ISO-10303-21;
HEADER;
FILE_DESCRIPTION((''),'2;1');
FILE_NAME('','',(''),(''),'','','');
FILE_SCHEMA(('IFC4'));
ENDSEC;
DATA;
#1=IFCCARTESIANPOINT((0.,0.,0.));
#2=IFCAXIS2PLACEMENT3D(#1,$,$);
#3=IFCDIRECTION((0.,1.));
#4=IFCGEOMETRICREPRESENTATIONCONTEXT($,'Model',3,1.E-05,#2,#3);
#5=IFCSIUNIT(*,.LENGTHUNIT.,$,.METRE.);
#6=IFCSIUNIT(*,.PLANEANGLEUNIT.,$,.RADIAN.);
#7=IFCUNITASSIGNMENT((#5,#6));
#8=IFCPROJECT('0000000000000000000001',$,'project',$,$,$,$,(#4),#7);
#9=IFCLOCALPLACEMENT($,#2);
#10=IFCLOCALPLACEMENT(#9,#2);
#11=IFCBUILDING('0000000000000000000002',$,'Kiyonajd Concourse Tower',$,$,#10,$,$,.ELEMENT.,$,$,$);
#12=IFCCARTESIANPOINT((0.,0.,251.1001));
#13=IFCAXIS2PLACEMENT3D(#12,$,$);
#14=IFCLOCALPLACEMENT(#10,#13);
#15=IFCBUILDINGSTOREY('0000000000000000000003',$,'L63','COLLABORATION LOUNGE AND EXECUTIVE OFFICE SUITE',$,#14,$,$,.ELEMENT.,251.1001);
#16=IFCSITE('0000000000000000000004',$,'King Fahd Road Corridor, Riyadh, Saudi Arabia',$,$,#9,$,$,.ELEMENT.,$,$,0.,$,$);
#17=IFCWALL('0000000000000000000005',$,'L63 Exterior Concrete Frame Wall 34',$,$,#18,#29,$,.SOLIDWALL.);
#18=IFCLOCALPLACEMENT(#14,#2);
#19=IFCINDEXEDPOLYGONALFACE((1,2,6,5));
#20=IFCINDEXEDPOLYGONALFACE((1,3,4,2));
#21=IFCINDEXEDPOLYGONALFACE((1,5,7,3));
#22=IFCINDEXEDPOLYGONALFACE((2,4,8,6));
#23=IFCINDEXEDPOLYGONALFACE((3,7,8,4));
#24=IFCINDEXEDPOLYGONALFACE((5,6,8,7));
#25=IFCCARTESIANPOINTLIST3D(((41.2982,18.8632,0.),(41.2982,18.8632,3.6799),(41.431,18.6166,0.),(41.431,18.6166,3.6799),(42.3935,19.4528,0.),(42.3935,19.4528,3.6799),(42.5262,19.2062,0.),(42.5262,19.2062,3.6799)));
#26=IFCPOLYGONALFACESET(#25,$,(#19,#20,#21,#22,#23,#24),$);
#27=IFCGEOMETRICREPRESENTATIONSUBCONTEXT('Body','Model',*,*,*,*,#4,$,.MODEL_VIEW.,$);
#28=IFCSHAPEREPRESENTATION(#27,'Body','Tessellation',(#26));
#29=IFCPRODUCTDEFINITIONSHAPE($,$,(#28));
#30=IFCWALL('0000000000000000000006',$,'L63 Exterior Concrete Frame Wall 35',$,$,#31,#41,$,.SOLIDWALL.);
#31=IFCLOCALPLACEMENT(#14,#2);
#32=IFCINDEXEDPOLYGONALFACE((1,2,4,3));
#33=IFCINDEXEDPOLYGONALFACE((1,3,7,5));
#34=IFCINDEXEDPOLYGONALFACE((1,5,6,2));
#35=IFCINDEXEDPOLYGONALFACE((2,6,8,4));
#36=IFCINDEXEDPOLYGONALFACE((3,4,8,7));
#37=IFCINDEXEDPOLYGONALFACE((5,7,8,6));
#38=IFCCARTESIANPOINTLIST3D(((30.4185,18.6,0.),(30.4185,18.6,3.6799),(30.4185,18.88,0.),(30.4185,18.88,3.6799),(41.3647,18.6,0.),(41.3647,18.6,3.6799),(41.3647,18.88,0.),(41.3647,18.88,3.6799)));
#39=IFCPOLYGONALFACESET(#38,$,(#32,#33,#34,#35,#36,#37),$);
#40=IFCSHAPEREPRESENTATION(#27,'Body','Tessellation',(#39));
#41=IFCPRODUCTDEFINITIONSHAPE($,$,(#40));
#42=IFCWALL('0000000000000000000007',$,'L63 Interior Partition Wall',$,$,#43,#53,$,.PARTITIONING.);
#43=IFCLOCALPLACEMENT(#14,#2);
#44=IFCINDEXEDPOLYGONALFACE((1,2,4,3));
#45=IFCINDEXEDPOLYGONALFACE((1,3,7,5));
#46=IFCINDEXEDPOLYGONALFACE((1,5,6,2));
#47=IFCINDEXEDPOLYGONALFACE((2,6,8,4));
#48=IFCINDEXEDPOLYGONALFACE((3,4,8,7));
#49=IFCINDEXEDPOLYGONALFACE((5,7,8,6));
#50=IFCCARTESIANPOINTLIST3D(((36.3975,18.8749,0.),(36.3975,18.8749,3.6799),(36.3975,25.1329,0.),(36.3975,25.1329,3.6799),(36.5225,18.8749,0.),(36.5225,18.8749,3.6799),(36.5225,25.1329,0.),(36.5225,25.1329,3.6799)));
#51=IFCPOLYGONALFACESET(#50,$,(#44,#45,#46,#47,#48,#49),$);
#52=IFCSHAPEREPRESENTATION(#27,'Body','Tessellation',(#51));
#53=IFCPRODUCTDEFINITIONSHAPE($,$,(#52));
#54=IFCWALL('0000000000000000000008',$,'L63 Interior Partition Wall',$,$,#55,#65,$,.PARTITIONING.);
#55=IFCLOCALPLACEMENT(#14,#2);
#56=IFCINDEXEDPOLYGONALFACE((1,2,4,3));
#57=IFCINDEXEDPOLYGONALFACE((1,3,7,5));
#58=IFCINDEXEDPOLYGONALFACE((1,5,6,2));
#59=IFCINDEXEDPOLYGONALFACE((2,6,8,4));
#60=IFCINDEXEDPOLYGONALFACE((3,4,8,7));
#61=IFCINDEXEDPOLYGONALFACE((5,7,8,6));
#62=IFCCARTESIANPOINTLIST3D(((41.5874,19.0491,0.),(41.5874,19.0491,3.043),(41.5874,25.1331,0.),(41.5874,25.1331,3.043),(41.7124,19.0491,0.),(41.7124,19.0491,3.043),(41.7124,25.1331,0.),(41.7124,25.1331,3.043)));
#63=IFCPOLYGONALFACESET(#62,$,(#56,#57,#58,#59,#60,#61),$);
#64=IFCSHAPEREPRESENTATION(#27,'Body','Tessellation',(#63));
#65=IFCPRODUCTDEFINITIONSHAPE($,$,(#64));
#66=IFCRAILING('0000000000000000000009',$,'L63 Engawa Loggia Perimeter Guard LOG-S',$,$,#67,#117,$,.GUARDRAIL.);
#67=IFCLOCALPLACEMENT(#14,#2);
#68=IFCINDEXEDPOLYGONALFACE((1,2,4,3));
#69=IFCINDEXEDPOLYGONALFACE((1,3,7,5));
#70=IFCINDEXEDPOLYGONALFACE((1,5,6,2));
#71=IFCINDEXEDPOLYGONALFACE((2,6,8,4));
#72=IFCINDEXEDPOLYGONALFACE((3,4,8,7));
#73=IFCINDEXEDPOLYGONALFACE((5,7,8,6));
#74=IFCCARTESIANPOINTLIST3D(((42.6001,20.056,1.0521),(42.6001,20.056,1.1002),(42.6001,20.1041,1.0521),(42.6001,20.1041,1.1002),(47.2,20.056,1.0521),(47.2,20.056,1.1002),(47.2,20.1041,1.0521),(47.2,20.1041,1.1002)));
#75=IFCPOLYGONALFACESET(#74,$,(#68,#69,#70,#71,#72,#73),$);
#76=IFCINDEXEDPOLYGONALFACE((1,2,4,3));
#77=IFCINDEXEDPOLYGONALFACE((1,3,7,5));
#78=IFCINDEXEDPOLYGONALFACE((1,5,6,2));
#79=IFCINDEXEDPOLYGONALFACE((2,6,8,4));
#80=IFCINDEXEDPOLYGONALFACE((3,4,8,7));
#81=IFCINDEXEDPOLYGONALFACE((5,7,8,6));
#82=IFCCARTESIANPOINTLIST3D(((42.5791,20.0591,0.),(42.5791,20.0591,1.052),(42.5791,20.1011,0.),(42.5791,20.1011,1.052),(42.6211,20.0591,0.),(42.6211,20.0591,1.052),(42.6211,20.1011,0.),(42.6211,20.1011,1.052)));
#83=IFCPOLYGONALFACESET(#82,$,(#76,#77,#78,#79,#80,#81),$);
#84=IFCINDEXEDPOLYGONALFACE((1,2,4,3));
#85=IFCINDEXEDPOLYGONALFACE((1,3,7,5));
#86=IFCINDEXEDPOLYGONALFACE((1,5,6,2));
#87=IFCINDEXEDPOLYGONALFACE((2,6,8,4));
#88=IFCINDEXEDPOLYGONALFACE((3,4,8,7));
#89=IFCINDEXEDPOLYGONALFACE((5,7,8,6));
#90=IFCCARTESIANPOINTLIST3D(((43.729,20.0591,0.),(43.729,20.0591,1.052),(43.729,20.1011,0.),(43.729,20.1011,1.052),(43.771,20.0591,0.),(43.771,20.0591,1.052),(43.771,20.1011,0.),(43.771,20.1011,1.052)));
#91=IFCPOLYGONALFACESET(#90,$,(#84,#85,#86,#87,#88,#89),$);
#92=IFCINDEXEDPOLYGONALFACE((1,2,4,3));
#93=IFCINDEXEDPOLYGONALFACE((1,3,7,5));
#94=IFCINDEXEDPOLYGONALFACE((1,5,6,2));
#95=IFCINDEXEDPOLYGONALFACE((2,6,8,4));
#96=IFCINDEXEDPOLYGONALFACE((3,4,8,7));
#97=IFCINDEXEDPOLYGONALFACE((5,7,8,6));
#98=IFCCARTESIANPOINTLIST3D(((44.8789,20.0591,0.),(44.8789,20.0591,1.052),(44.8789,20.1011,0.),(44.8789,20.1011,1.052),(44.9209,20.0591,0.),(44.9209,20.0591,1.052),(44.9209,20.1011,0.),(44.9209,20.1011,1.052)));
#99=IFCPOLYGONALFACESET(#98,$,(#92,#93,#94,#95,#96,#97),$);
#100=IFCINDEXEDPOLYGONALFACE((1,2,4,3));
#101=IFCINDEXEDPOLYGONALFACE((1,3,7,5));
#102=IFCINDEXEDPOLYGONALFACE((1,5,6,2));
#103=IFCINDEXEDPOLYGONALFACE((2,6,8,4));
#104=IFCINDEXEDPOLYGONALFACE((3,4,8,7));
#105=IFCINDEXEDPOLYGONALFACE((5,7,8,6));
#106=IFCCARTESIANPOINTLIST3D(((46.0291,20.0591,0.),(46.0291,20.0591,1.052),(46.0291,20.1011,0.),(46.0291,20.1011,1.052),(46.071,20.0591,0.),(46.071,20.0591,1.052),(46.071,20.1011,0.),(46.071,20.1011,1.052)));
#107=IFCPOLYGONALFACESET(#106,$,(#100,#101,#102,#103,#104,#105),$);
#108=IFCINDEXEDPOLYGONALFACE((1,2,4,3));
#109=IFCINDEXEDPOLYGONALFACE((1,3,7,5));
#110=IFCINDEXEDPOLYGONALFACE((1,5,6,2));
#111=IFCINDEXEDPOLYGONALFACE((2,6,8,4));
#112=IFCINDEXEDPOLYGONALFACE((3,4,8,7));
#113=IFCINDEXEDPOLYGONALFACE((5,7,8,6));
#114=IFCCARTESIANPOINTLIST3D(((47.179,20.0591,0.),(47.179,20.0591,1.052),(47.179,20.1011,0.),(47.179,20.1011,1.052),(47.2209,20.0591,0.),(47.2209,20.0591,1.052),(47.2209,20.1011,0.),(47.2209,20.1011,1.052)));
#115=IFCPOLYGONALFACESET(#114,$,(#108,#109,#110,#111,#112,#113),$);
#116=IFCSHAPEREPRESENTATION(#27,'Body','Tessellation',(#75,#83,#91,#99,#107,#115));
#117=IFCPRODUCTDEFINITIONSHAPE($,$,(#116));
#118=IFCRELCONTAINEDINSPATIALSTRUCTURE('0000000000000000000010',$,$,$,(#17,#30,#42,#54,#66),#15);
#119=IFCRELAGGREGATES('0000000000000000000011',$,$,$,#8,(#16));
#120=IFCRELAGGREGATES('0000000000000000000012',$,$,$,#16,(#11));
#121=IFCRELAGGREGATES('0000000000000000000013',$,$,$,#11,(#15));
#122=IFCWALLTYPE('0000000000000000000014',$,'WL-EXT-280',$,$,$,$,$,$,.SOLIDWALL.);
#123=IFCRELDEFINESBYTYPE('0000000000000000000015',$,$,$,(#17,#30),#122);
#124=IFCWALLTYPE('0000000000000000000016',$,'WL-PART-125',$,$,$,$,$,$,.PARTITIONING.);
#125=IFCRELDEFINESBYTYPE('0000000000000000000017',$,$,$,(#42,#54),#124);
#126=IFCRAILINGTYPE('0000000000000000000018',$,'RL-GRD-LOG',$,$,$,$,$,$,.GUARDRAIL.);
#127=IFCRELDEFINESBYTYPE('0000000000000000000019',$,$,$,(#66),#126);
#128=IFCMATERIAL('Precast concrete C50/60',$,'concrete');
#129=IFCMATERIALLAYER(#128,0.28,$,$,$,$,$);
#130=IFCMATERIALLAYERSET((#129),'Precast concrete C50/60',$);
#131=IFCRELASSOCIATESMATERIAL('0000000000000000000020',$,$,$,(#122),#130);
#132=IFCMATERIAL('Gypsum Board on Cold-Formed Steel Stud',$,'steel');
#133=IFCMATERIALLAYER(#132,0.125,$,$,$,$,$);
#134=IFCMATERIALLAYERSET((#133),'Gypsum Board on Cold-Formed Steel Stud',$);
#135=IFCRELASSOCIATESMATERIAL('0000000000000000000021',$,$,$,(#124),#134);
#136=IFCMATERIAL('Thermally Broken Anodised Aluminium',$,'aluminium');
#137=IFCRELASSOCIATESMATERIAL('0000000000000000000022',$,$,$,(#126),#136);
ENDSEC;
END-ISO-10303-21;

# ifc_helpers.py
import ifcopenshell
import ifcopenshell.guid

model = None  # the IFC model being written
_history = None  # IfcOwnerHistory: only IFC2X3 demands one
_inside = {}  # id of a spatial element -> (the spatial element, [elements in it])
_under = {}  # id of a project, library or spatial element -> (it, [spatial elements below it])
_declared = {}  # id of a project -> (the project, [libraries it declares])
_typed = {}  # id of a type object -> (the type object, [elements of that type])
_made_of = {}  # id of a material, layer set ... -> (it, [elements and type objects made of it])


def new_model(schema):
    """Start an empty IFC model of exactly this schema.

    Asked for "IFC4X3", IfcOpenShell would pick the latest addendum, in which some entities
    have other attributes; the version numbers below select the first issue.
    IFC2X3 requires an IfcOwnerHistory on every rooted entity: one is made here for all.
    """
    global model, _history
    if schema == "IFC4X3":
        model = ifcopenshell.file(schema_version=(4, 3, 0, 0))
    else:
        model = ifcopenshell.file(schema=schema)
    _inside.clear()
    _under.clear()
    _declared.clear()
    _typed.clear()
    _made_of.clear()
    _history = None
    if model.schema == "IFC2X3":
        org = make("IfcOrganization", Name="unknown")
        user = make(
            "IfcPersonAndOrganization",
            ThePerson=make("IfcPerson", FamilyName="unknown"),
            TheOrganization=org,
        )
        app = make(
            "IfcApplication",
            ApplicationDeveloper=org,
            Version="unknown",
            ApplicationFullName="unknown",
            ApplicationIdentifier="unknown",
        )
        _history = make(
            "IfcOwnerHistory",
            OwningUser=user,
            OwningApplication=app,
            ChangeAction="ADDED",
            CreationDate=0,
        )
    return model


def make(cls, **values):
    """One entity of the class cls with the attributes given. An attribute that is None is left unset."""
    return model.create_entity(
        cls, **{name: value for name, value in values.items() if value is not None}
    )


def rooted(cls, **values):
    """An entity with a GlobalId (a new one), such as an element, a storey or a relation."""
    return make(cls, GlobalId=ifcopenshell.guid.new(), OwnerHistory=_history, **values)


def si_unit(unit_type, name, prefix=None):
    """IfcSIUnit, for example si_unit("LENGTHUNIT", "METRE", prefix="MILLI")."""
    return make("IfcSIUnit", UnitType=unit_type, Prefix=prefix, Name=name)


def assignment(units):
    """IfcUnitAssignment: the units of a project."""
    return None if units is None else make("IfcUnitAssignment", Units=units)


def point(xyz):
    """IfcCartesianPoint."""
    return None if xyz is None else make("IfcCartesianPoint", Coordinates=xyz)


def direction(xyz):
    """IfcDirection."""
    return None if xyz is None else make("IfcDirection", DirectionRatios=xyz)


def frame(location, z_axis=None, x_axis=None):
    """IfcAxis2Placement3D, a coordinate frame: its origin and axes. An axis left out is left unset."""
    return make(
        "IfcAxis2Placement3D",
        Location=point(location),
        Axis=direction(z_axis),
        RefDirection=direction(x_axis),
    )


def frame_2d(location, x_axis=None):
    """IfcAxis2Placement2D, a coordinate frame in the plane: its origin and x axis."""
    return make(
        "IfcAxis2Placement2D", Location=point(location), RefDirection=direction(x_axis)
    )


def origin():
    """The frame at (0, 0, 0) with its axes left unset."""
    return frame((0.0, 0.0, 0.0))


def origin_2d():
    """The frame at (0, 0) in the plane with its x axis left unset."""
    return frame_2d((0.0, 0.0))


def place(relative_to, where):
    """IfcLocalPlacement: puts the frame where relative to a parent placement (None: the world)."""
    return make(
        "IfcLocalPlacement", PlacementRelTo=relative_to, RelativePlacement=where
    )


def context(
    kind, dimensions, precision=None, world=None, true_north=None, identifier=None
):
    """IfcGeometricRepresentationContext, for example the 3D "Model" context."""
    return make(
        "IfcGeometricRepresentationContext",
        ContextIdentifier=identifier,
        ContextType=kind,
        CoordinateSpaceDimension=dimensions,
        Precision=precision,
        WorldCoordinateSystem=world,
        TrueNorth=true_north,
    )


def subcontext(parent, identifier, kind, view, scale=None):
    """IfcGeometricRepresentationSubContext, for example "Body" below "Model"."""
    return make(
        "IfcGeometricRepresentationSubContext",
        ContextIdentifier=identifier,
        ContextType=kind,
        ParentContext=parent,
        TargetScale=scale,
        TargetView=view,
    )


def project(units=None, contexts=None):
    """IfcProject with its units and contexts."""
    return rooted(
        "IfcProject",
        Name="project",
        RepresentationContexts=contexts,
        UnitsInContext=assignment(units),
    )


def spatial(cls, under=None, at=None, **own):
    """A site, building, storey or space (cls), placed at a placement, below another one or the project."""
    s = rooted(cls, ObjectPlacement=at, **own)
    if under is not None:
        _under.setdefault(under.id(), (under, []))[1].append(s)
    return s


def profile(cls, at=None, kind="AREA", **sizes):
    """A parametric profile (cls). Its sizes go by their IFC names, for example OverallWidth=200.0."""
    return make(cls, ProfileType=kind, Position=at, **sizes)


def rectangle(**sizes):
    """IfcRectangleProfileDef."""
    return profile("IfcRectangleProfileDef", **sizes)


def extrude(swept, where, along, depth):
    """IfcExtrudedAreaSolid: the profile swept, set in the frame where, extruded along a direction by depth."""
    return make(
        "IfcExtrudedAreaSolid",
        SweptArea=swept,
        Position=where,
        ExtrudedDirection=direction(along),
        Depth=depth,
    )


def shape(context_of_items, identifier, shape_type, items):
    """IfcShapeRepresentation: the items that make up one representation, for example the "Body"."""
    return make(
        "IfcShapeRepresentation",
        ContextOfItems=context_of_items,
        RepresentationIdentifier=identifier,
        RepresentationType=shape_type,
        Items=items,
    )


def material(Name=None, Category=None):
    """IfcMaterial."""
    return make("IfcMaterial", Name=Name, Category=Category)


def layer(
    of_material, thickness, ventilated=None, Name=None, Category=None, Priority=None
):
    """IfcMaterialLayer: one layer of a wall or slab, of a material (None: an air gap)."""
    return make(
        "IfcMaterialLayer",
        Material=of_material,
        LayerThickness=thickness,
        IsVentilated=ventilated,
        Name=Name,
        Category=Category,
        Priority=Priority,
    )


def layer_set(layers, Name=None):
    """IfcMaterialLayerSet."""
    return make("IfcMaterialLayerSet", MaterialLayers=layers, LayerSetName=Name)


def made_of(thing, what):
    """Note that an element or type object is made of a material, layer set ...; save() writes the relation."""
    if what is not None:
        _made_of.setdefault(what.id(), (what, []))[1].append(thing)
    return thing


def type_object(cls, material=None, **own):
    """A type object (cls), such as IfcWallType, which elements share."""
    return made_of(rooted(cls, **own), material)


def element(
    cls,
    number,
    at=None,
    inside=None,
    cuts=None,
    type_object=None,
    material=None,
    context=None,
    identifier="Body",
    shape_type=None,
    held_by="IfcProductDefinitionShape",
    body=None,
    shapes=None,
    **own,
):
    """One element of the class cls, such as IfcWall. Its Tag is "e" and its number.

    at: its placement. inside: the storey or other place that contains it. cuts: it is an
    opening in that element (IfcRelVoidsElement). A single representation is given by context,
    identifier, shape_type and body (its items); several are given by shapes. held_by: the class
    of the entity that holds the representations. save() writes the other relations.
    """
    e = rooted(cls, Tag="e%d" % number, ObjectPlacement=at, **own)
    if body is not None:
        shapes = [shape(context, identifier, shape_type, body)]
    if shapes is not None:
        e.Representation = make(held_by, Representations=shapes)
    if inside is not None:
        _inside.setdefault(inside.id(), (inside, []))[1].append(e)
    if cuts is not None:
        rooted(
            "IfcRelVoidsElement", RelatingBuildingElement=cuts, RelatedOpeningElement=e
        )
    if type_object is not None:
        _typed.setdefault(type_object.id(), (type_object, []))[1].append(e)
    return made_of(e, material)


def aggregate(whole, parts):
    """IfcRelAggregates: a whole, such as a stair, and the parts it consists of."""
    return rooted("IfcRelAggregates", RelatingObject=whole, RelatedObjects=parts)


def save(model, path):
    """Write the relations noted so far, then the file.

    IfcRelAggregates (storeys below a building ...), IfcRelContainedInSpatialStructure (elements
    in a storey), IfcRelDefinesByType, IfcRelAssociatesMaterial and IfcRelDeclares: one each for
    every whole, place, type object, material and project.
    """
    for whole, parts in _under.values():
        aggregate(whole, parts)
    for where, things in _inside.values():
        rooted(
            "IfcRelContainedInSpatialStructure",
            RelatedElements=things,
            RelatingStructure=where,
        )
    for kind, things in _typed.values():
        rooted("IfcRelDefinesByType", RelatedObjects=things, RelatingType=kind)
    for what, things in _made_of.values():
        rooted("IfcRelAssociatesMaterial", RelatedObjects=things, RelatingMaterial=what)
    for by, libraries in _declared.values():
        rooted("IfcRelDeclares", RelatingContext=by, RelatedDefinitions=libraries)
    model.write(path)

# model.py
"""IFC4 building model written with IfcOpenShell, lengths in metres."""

from ifc_helpers import new_model, si_unit, direction, frame, frame_2d, origin, origin_2d, place, context, subcontext, project, spatial, rectangle, extrude, material, layer, layer_set, type_object, element, save


model = new_model("IFC4")

# Units and contexts
model_context = context("Model", 3, precision=1e-05, world=origin(), true_north=direction((0.0, 1.0)))
body_context = subcontext(model_context, "Body", "Model", "MODEL_VIEW")
ifc_project = project(units=[si_unit("LENGTHUNIT", "METRE"), si_unit("PLANEANGLEUNIT", "RADIAN")], contexts=[model_context])

# Site, building, storey
site_placement = place(None, origin())
site = spatial("IfcSite", under=ifc_project, at=site_placement, Name="King Fahd Road Corridor, Riyadh, Saudi Arabia", CompositionType="ELEMENT", RefElevation=0.0)
building_placement = place(site_placement, origin())
building = spatial("IfcBuilding", under=site, at=building_placement, Name="Kiyonajd Concourse Tower", CompositionType="ELEMENT")
storey_placement = place(building_placement, frame((0.0, 0.0, 251.1001)))
storey = spatial("IfcBuildingStorey", under=building, at=storey_placement, Name="L63", Description="COLLABORATION LOUNGE AND EXECUTIVE OFFICE SUITE", CompositionType="ELEMENT", Elevation=251.1001)

# Shared definitions
ifc_material_1 = material(Name="Thermally Broken Anodised Aluminium", Category="aluminium")

# Walls
ifc_material_2 = material(Name="Precast concrete C50/60", Category="concrete")
ifc_layer_1 = layer(ifc_material_2, 0.28)
ifc_layer_set_1 = layer_set([ifc_layer_1], Name="Precast concrete C50/60")
wall_type_1 = type_object("IfcWallType", Name="WL-EXT-280", PredefinedType="SOLIDWALL", material=ifc_layer_set_1)
wall_1_placement = place(storey_placement, frame((42.46, 19.3296, 0.0), z_axis=(0.0, 0.0, 1.0), x_axis=(-0.880515, -0.474018, 0.0)))
element("IfcWall", 1, at=wall_1_placement, inside=storey, type_object=wall_type_1, Name="L63 Exterior Concrete Frame Wall 34", PredefinedType="SOLIDWALL", context=body_context, shape_type="SweptSolid", body=[
    extrude(rectangle(XDim=1.2439, YDim=0.28, at=frame_2d((0.6221, 0.0))), origin(), (0.0, 0.0, 1.0), 3.6799),
])
wall_2_placement = place(storey_placement, frame((41.3647, 18.74, 0.0), z_axis=(0.0, 0.0, 1.0), x_axis=(-1.0, 0.0, 0.0)))
element("IfcWall", 2, at=wall_2_placement, inside=storey, type_object=wall_type_1, Name="L63 Exterior Concrete Frame Wall 35", PredefinedType="SOLIDWALL", context=body_context, shape_type="SweptSolid", body=[
    extrude(rectangle(XDim=10.9463, YDim=0.28, at=frame_2d((5.4731, 0.0))), origin(), (0.0, 0.0, 1.0), 3.6799),
])
ifc_material_3 = material(Name="Gypsum Board on Cold-Formed Steel Stud", Category="steel")
ifc_layer_2 = layer(ifc_material_3, 0.125)
ifc_layer_set_2 = layer_set([ifc_layer_2], Name="Gypsum Board on Cold-Formed Steel Stud")
wall_type_2 = type_object("IfcWallType", Name="WL-PART-125", PredefinedType="PARTITIONING", material=ifc_layer_set_2)
wall_3_placement = place(storey_placement, frame((36.46, 18.875, 0.0), z_axis=(0.0, 0.0, 1.0), x_axis=(0.0, 1.0, 0.0)))
element("IfcWall", 3, at=wall_3_placement, inside=storey, type_object=wall_type_2, Name="L63 Interior Partition Wall", PredefinedType="PARTITIONING", context=body_context, shape_type="SweptSolid", body=[
    extrude(rectangle(XDim=6.2581, YDim=0.125, at=frame_2d((3.1289, 0.0))), origin(), (0.0, 0.0, 1.0), 3.6799),
])
wall_4_placement = place(storey_placement, frame((41.6499, 19.0491, 0.0), z_axis=(0.0, 0.0, 1.0), x_axis=(0.0, 1.0, 0.0)))
element("IfcWall", 4, at=wall_4_placement, inside=storey, type_object=wall_type_2, Name="L63 Interior Partition Wall", PredefinedType="PARTITIONING", context=body_context, shape_type="SweptSolid", body=[
    extrude(rectangle(XDim=6.084, YDim=0.125, at=frame_2d((3.042, 0.0))), origin(), (0.0, 0.0, 1.0), 3.043),
])

# Railing
railing_type = type_object("IfcRailingType", Name="RL-GRD-LOG", PredefinedType="GUARDRAIL", material=ifc_material_1)
railing_placement = place(storey_placement, frame((42.6001, 20.0801, 0.0)))
element("IfcRailing", 5, at=railing_placement, inside=storey, type_object=railing_type, Name="L63 Engawa Loggia Perimeter Guard LOG-S", PredefinedType="GUARDRAIL", context=body_context, shape_type="SweptSolid", body=[
    extrude(rectangle(XDim=0.0481, YDim=0.0481, at=origin_2d()), frame((0.0, 0.0, 1.0762), z_axis=(1.0, 0.0, 0.0), x_axis=(0.0, 1.0, 0.0)), (0.0, 0.0, 1.0), 4.5999),
    extrude(rectangle(XDim=0.042, YDim=0.042, at=origin_2d()), origin(), (0.0, 0.0, 1.0), 1.052),
    extrude(rectangle(XDim=0.042, YDim=0.042, at=origin_2d()), frame((1.1499, 0.0, 0.0)), (0.0, 0.0, 1.0), 1.052),
    extrude(rectangle(XDim=0.042, YDim=0.042, at=origin_2d()), frame((2.2998, 0.0, 0.0)), (0.0, 0.0, 1.0), 1.052),
    extrude(rectangle(XDim=0.042, YDim=0.042, at=origin_2d()), frame((3.45, 0.0, 0.0)), (0.0, 0.0, 1.0), 1.052),
    extrude(rectangle(XDim=0.042, YDim=0.042, at=origin_2d()), frame((4.5999, 0.0, 0.0)), (0.0, 0.0, 1.0), 1.052),
])

save(model, "model.ifc")
